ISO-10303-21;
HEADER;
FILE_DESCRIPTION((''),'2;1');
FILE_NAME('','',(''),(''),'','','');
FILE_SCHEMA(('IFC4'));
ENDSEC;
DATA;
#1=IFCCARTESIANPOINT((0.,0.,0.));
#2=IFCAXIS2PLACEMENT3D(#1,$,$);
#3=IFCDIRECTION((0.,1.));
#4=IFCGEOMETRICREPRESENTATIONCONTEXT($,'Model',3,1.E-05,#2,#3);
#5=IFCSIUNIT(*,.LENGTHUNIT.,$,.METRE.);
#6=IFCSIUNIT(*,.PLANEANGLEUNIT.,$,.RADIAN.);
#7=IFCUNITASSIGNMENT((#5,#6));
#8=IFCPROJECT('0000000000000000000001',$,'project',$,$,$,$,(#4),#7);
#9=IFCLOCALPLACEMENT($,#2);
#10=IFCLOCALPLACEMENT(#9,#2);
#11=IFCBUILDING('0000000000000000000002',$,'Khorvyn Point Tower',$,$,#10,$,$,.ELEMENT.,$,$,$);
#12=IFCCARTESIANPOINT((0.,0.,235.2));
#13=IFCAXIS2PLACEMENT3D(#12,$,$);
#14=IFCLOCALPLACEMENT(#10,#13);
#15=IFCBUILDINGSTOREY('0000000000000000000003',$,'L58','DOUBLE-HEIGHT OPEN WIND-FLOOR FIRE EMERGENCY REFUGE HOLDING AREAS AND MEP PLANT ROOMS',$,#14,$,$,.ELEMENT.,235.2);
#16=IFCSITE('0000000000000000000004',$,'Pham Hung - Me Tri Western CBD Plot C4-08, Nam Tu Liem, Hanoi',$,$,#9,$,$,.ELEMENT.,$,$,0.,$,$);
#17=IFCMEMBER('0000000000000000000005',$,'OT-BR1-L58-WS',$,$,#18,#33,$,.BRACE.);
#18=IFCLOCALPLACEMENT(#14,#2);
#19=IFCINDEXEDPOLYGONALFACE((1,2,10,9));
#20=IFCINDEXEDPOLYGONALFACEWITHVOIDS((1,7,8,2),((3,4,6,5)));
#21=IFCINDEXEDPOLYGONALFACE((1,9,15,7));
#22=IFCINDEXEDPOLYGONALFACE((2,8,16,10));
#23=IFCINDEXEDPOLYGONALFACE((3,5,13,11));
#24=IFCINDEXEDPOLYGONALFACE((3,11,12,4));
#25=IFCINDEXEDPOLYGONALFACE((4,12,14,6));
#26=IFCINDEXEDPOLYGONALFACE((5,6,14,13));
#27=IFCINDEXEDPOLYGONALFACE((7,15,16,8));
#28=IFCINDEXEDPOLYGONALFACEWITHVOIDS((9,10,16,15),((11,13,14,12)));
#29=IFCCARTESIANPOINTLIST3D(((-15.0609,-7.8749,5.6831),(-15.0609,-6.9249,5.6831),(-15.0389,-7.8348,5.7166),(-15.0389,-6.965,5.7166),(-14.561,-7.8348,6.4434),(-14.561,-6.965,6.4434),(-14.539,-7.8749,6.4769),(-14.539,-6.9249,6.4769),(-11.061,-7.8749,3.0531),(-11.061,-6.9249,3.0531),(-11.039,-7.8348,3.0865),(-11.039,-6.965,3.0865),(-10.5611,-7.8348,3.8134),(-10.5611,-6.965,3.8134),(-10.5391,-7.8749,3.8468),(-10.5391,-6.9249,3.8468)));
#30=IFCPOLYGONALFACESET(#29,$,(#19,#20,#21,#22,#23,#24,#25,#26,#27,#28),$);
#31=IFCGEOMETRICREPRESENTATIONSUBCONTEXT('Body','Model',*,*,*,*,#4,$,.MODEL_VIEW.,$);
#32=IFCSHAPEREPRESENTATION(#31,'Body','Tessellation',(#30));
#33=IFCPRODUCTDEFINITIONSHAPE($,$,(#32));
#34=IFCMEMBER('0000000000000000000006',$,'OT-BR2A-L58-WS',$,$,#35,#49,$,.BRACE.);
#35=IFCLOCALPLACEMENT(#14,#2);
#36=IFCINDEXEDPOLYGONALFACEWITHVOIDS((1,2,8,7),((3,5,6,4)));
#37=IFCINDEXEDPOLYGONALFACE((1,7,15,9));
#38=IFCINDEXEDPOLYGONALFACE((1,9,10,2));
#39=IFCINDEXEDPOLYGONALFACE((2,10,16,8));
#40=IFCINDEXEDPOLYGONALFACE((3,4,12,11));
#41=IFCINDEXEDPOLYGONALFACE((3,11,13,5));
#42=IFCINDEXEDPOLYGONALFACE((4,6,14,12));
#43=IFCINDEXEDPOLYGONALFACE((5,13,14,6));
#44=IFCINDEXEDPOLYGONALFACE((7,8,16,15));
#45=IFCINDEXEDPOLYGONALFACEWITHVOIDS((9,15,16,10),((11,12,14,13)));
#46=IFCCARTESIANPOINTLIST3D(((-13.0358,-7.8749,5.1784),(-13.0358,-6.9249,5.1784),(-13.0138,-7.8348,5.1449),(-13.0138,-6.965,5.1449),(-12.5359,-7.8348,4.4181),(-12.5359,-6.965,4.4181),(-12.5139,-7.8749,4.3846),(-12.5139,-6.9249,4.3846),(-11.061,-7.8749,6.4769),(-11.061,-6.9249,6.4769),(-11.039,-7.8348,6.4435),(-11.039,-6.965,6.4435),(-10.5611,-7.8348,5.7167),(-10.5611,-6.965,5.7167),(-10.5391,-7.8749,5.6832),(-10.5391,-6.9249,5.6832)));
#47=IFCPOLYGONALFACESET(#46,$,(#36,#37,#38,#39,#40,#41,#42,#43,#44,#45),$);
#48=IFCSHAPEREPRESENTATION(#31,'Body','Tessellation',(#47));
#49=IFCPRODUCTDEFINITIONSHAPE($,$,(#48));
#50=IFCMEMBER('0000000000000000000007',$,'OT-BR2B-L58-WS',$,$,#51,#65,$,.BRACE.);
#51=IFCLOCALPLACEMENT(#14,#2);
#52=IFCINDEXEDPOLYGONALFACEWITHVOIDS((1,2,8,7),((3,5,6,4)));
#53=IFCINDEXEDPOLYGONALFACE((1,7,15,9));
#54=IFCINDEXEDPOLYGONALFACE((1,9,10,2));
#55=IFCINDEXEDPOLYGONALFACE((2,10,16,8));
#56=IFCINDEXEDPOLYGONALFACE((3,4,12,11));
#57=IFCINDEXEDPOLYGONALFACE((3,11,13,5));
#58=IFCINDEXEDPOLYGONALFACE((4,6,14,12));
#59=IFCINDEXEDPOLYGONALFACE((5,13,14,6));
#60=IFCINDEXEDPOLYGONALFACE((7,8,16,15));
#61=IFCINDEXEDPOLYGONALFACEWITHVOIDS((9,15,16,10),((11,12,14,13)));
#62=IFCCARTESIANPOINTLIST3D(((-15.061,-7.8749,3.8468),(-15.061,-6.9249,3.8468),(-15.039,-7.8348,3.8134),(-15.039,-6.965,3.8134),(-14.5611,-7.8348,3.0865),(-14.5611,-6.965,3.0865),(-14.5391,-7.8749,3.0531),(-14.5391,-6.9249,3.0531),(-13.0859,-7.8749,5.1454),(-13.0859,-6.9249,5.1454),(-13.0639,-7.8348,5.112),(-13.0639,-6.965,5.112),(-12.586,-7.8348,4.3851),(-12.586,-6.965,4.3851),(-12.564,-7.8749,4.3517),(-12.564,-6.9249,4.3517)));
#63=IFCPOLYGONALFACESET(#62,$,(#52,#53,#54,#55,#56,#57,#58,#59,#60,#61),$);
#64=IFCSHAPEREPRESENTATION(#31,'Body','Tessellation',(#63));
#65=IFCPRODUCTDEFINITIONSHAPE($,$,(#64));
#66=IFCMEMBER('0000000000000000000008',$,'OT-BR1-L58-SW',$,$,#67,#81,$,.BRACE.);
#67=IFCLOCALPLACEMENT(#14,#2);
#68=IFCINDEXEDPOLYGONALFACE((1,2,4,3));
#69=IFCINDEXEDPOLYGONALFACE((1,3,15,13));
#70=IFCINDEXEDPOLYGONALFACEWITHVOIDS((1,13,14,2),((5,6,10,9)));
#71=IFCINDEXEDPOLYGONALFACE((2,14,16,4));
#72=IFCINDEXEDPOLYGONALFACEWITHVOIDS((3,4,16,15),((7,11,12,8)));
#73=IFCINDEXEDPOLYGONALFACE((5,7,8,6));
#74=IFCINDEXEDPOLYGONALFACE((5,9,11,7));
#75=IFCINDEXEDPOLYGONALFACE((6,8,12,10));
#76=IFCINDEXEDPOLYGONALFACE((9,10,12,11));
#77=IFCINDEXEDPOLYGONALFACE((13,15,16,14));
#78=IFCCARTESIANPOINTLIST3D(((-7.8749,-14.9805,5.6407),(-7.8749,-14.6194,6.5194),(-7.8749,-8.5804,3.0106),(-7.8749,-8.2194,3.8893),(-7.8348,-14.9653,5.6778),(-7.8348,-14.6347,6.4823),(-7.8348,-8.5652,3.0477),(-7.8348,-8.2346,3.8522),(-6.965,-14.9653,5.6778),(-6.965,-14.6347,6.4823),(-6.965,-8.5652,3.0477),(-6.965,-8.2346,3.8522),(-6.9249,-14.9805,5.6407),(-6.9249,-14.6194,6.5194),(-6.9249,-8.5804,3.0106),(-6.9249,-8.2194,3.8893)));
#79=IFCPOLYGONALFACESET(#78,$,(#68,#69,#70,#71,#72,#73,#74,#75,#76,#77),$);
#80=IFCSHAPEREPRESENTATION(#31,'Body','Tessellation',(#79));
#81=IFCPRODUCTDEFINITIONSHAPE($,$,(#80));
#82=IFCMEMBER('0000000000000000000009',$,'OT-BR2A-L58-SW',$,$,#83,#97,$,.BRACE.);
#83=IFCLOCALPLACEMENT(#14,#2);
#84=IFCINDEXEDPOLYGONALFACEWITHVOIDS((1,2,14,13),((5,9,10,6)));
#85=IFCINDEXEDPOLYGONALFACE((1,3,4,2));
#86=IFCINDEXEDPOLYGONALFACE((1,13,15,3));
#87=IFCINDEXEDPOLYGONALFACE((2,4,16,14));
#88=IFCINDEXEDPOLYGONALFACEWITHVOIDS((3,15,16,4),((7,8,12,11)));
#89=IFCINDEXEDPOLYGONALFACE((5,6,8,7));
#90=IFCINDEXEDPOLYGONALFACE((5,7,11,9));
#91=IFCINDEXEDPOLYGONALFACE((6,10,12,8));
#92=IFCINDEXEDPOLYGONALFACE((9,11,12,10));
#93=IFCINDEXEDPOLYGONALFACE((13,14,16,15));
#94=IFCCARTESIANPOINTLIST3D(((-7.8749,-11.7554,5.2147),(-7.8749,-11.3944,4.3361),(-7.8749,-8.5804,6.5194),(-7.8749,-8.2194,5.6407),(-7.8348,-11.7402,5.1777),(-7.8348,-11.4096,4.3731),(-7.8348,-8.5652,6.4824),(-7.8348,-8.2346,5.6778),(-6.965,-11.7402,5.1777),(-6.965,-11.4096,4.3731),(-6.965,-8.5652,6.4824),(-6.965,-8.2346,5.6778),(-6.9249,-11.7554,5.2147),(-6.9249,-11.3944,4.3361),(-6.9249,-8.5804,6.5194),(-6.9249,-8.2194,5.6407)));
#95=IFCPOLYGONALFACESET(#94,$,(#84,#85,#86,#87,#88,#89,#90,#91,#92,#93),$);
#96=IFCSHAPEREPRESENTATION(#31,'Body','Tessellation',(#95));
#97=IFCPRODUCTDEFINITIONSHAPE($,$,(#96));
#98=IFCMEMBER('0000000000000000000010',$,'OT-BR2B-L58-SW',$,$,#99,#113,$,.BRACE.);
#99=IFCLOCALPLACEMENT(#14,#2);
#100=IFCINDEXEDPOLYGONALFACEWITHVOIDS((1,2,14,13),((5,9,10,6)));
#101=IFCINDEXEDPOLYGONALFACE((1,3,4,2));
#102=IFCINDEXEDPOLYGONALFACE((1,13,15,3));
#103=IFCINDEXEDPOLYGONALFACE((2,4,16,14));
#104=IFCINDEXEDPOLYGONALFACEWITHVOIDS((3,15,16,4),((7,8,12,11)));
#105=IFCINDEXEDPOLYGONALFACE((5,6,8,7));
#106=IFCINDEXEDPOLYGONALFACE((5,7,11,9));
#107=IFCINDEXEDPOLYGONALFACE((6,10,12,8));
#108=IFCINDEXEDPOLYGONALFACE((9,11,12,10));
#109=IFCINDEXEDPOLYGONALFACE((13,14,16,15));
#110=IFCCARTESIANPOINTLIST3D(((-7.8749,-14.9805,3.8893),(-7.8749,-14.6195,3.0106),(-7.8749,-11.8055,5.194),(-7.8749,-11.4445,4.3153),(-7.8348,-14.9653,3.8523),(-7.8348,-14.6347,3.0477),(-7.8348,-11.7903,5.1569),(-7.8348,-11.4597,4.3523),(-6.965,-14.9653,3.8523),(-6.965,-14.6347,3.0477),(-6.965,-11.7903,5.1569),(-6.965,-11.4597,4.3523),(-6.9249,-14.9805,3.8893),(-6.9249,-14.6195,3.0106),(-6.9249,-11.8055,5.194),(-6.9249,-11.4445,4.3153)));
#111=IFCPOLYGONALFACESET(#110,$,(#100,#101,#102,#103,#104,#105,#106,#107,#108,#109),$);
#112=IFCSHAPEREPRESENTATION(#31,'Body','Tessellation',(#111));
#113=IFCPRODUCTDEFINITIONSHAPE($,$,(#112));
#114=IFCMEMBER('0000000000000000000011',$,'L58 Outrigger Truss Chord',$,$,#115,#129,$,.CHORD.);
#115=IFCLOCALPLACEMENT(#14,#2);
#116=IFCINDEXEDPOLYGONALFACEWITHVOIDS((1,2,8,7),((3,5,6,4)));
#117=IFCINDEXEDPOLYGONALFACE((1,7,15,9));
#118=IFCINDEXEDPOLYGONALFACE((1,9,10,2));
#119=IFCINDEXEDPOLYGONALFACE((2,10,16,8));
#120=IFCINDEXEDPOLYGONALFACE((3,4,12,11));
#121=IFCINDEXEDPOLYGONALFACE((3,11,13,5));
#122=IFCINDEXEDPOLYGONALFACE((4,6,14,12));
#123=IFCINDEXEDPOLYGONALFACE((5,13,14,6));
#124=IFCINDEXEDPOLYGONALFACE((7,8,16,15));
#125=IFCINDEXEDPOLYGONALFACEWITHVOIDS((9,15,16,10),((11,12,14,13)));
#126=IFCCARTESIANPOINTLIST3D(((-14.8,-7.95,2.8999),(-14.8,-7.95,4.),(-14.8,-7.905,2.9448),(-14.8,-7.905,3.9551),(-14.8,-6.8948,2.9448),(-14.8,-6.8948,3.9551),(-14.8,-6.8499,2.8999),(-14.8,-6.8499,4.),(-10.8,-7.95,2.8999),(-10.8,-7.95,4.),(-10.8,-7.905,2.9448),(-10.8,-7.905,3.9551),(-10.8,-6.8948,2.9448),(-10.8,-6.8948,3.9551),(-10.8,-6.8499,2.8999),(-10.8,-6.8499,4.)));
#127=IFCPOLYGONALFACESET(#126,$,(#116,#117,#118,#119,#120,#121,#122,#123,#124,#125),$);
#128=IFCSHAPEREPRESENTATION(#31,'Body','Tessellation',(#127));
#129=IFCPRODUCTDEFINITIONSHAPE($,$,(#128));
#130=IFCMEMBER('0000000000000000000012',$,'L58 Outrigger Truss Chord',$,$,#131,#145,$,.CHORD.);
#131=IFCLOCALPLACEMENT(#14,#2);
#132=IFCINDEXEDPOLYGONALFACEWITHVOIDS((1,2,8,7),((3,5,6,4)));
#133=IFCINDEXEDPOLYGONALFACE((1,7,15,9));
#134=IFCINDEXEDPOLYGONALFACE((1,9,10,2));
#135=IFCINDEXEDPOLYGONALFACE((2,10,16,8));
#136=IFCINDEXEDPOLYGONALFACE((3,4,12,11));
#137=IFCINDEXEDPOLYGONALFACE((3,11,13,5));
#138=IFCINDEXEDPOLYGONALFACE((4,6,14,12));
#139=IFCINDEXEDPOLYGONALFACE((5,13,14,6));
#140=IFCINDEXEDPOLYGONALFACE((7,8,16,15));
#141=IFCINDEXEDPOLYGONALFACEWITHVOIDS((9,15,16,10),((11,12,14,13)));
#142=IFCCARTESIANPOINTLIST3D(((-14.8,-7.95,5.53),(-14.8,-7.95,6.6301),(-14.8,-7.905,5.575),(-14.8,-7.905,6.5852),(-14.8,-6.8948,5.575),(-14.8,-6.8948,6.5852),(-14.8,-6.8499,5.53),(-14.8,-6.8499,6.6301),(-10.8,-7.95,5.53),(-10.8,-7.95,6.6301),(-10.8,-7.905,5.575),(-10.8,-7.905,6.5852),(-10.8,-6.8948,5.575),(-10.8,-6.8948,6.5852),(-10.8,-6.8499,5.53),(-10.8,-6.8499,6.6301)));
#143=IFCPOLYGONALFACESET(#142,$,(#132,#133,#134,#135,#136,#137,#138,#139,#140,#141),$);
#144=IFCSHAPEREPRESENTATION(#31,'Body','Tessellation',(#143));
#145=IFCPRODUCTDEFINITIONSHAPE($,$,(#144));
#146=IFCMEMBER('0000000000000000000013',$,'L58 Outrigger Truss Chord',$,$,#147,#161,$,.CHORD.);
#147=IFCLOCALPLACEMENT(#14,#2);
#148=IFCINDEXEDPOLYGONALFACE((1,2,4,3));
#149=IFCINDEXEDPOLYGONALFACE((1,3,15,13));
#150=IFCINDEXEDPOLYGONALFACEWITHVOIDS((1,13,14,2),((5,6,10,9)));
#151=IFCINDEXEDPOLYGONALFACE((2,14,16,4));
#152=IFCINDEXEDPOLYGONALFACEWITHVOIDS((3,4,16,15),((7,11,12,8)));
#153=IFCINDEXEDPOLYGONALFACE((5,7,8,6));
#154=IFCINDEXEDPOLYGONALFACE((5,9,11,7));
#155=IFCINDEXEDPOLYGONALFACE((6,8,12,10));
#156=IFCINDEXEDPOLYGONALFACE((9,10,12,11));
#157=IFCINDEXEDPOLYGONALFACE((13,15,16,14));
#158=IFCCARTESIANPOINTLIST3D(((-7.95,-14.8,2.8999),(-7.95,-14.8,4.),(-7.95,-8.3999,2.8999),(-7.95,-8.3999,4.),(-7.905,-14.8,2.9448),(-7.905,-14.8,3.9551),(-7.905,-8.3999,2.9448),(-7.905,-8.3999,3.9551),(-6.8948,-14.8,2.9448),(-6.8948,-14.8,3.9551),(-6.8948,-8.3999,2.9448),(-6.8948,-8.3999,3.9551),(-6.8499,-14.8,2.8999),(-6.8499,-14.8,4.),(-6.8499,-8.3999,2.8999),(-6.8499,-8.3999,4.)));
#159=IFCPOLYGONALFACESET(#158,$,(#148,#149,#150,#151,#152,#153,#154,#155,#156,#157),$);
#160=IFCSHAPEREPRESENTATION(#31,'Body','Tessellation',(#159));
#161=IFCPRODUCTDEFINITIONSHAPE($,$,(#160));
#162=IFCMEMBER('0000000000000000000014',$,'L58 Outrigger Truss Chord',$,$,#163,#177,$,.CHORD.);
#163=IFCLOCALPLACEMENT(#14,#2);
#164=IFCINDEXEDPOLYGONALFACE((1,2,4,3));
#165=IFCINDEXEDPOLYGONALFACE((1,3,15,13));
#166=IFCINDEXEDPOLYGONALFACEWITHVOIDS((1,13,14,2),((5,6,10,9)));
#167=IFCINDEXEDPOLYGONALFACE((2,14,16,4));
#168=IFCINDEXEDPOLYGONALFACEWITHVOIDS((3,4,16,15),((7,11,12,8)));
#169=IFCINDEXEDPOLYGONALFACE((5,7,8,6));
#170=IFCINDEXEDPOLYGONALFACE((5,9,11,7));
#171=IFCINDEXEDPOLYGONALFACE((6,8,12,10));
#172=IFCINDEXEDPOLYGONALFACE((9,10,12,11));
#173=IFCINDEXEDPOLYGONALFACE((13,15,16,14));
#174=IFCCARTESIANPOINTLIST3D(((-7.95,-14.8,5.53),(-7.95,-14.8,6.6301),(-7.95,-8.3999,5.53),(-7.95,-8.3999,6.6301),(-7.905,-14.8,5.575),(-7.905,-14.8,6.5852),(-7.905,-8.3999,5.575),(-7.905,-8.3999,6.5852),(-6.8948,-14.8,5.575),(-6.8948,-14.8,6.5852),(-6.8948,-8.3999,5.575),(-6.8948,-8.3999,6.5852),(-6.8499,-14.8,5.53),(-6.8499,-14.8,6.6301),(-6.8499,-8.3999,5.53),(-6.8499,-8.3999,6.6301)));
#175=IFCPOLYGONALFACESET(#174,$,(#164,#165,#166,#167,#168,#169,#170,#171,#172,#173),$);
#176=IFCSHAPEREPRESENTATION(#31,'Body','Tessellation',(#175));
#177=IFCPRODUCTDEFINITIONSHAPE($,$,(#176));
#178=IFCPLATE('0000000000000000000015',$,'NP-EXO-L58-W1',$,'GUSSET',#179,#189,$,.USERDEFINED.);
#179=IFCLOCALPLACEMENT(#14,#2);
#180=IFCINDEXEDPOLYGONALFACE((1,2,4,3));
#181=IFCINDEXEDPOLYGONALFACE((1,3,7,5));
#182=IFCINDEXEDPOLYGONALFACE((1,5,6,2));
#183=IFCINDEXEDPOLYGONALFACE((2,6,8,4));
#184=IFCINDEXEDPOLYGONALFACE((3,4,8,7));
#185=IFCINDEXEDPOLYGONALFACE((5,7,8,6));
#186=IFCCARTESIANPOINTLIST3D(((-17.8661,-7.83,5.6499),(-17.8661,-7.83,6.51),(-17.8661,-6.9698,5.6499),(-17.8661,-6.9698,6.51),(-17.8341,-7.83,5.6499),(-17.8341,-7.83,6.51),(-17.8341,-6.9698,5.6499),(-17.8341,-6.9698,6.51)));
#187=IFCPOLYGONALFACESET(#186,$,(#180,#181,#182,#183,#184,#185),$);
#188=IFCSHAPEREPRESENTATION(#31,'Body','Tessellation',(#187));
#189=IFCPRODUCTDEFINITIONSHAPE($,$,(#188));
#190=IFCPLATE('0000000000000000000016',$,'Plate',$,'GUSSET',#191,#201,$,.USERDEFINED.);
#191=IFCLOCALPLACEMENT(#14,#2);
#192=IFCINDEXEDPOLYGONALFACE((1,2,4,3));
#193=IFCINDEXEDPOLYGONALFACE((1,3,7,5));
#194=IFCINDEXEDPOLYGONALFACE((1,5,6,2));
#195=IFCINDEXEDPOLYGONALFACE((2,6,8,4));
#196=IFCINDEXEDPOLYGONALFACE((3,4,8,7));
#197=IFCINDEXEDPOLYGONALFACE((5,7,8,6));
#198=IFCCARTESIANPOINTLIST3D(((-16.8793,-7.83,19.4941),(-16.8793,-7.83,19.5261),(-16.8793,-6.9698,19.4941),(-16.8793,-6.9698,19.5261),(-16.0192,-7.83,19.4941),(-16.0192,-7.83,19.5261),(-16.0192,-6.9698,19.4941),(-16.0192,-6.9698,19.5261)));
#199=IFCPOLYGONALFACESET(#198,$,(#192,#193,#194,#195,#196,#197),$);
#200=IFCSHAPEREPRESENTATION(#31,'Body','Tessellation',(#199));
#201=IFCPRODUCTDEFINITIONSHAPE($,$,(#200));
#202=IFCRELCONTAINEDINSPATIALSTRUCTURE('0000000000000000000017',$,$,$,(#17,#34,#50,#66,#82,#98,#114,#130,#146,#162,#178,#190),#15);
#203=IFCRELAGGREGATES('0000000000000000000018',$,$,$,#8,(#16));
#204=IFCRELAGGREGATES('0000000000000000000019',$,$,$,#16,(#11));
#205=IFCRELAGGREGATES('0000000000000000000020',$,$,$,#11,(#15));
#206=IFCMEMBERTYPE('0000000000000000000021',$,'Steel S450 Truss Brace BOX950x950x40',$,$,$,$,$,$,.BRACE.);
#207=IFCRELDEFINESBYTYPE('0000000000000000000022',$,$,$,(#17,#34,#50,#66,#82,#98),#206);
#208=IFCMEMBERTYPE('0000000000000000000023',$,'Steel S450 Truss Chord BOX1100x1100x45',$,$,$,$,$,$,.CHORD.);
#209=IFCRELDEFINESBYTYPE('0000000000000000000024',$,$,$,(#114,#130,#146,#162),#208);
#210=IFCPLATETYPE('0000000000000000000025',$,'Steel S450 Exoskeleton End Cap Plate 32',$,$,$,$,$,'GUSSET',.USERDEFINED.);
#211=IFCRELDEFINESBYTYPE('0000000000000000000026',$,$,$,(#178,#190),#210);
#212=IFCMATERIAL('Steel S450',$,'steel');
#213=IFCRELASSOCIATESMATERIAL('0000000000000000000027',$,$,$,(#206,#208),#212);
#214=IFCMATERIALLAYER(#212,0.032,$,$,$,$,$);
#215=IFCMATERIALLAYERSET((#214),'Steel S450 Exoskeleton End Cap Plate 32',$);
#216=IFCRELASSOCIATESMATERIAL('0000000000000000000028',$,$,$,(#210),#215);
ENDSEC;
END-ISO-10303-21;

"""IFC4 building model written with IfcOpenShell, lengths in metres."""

from ifc_helpers import new_model, si_unit, direction, frame, origin, origin_2d, place, context, subcontext, project, spatial, rectangle, hollow_rectangle, extrude, material, layer, layer_set, material_profile, profile_set, type_object, element, save


model = new_model("IFC4")

# Units and contexts
model_context = context("Model", 3, precision=1e-05, world=origin(), true_north=direction((0.0, 1.0)))
body_context = subcontext(model_context, "Body", "Model", "MODEL_VIEW")
ifc_project = project(units=[si_unit("LENGTHUNIT", "METRE"), si_unit("PLANEANGLEUNIT", "RADIAN")], contexts=[model_context])

# Site, building, storey
site_placement = place(None, origin())
site = spatial("IfcSite", under=ifc_project, at=site_placement, Name="Pham Hung - Me Tri Western CBD Plot C4-08, Nam Tu Liem, Hanoi", CompositionType="ELEMENT", RefElevation=0.0)
building_placement = place(site_placement, origin())
building = spatial("IfcBuilding", under=site, at=building_placement, Name="Khorvyn Point Tower", CompositionType="ELEMENT")
storey_placement = place(building_placement, frame((0.0, 0.0, 235.2)))
storey = spatial("IfcBuildingStorey", under=building, at=storey_placement, Name="L58", Description="DOUBLE-HEIGHT OPEN WIND-FLOOR FIRE EMERGENCY REFUGE HOLDING AREAS AND MEP PLANT ROOMS", CompositionType="ELEMENT", Elevation=235.2)

# Members
ifc_material_1 = material(Name="Steel S450", Category="steel")
ifc_material_profile_1 = material_profile(ifc_material_1, hollow_rectangle(XDim=0.95, YDim=0.95, WallThickness=0.04, at=origin_2d()))
ifc_profile_set_1 = profile_set([ifc_material_profile_1], Name="Steel S450 BOX950x950x40")
member_type_1 = type_object("IfcMemberType", Name="Steel S450 Truss Brace BOX950x950x40", PredefinedType="BRACE", material=ifc_profile_set_1)
member_1_placement = place(storey_placement, frame((-10.8, -7.3999, 3.45), z_axis=(-0.835556, 0.0, 0.549405), x_axis=(0.0, -1.0, 0.0)))
element("IfcMember", 1, at=member_1_placement, inside=storey, type_object=member_type_1, Name="OT-BR1-L58-WS", PredefinedType="BRACE", context=body_context, shape_type="SweptSolid", body=[
    extrude(hollow_rectangle(XDim=0.95, YDim=0.95, WallThickness=0.04, at=origin_2d()), origin(), (0.0, 0.0, 1.0), 4.7871),
])
member_2_placement = place(storey_placement, frame((-10.8, -7.3999, 6.0801), z_axis=(-0.835546, 0.0, -0.549421), x_axis=(0.0, -1.0, 0.0)))
element("IfcMember", 2, at=member_2_placement, inside=storey, type_object=member_type_1, Name="OT-BR2A-L58-WS", PredefinedType="BRACE", context=body_context, shape_type="SweptSolid", body=[
    extrude(hollow_rectangle(XDim=0.95, YDim=0.95, WallThickness=0.04, at=origin_2d()), origin(), (0.0, 0.0, 1.0), 2.3635),
])
member_3_placement = place(storey_placement, frame((-12.825, -7.3999, 4.7485), z_axis=(-0.835577, 0.0, -0.549374), x_axis=(0.0, -1.0, 0.0)))
element("IfcMember", 3, at=member_3_placement, inside=storey, type_object=member_type_1, Name="OT-BR2B-L58-WS", PredefinedType="BRACE", context=body_context, shape_type="SweptSolid", body=[
    extrude(hollow_rectangle(XDim=0.95, YDim=0.95, WallThickness=0.04, at=origin_2d()), origin(), (0.0, 0.0, 1.0), 2.3638),
])
member_4_placement = place(storey_placement, frame((-7.3999, -8.3999, 3.45), z_axis=(0.0, -0.924944, 0.380104), x_axis=(1.0, 0.0, 0.0)))
element("IfcMember", 4, at=member_4_placement, inside=storey, type_object=member_type_1, Name="OT-BR1-L58-SW", PredefinedType="BRACE", context=body_context, shape_type="SweptSolid", body=[
    extrude(hollow_rectangle(XDim=0.95, YDim=0.95, WallThickness=0.04, at=origin_2d()), origin(), (0.0, 0.0, 1.0), 6.9194),
])
for number, where, z_axis, x_axis, name in (
    (5, (-7.3999, -8.3999, 6.0801), (0.0, -0.924953, -0.380081), (1.0, 0.0, 0.0), "OT-BR2A-L58-SW"),
    (6, (-7.3999, -11.625, 4.7546), (0.0, -0.924953, -0.380081), (1.0, 0.0, 0.0), "OT-BR2B-L58-SW"),
):
    element("IfcMember", number, at=place(storey_placement, frame(where, z_axis=z_axis, x_axis=x_axis)), inside=storey, type_object=member_type_1, Name=name, PredefinedType="BRACE", context=body_context, shape_type="SweptSolid", body=[
        extrude(hollow_rectangle(XDim=0.95, YDim=0.95, WallThickness=0.04, at=origin_2d()), origin(), (0.0, 0.0, 1.0), 3.4326),
    ])
ifc_material_profile_2 = material_profile(ifc_material_1, hollow_rectangle(XDim=1.1001, YDim=1.1001, WallThickness=0.0449, at=origin_2d()))
ifc_profile_set_2 = profile_set([ifc_material_profile_2], Name="Steel S450 BOX1100x1100x45")
member_type_2 = type_object("IfcMemberType", Name="Steel S450 Truss Chord BOX1100x1100x45", PredefinedType="CHORD", material=ifc_profile_set_2)
for number, where, z_axis, x_axis, name in (
    (7, (-10.8, -7.3999, 3.45), (-1.0, 0.0, 0.0), (0.0, -1.0, 0.0), "L58 Outrigger Truss Chord"),
    (8, (-10.8, -7.3999, 6.0801), (-1.0, 0.0, 0.0), (0.0, -1.0, 0.0), "L58 Outrigger Truss Chord"),
):
    element("IfcMember", number, at=place(storey_placement, frame(where, z_axis=z_axis, x_axis=x_axis)), inside=storey, type_object=member_type_2, Name=name, PredefinedType="CHORD", context=body_context, shape_type="SweptSolid", body=[
        extrude(hollow_rectangle(XDim=1.1001, YDim=1.1001, WallThickness=0.0449, at=origin_2d()), origin(), (0.0, 0.0, 1.0), 4.0),
    ])
for number, where, z_axis, x_axis, name in (
    (9, (-7.3999, -8.3999, 3.45), (0.0, -1.0, 0.0), (1.0, 0.0, 0.0), "L58 Outrigger Truss Chord"),
    (10, (-7.3999, -8.3999, 6.0801), (0.0, -1.0, 0.0), (1.0, 0.0, 0.0), "L58 Outrigger Truss Chord"),
):
    element("IfcMember", number, at=place(storey_placement, frame(where, z_axis=z_axis, x_axis=x_axis)), inside=storey, type_object=member_type_2, Name=name, PredefinedType="CHORD", context=body_context, shape_type="SweptSolid", body=[
        extrude(hollow_rectangle(XDim=1.1001, YDim=1.1001, WallThickness=0.0449, at=origin_2d()), origin(), (0.0, 0.0, 1.0), 6.4001),
    ])

# Plates
ifc_layer_1 = layer(ifc_material_1, 0.032)
ifc_layer_set_1 = layer_set([ifc_layer_1], Name="Steel S450 Exoskeleton End Cap Plate 32")
plate_type_1 = type_object("IfcPlateType", Name="Steel S450 Exoskeleton End Cap Plate 32", ElementType="GUSSET", PredefinedType="USERDEFINED", material=ifc_layer_set_1)
plate_1_placement = place(storey_placement, frame((-17.8501, -7.3999, 5.6499), z_axis=(0.0, 0.0, 1.0), x_axis=(1.0, 0.0, 0.0)))
element("IfcPlate", 11, at=plate_1_placement, inside=storey, type_object=plate_type_1, Name="NP-EXO-L58-W1", ObjectType="GUSSET", PredefinedType="USERDEFINED", context=body_context, shape_type="SweptSolid", body=[
    extrude(rectangle(XDim=0.032, YDim=0.8601, at=origin_2d()), origin(), (0.0, 0.0, 1.0), 0.8601),
])
plate_2_placement = place(storey_placement, frame((-16.4492, -7.3999, 19.4941), z_axis=(0.0, 0.0, 1.0), x_axis=(1.0, 0.0, 0.0)))
element("IfcPlate", 12, at=plate_2_placement, inside=storey, type_object=plate_type_1, Name="Plate", ObjectType="GUSSET", PredefinedType="USERDEFINED", context=body_context, shape_type="SweptSolid", body=[
    extrude(rectangle(XDim=0.8601, YDim=0.8601, at=origin_2d()), origin(), (0.0, 0.0, 1.0), 0.032),
])

save(model, "model.ifc")
